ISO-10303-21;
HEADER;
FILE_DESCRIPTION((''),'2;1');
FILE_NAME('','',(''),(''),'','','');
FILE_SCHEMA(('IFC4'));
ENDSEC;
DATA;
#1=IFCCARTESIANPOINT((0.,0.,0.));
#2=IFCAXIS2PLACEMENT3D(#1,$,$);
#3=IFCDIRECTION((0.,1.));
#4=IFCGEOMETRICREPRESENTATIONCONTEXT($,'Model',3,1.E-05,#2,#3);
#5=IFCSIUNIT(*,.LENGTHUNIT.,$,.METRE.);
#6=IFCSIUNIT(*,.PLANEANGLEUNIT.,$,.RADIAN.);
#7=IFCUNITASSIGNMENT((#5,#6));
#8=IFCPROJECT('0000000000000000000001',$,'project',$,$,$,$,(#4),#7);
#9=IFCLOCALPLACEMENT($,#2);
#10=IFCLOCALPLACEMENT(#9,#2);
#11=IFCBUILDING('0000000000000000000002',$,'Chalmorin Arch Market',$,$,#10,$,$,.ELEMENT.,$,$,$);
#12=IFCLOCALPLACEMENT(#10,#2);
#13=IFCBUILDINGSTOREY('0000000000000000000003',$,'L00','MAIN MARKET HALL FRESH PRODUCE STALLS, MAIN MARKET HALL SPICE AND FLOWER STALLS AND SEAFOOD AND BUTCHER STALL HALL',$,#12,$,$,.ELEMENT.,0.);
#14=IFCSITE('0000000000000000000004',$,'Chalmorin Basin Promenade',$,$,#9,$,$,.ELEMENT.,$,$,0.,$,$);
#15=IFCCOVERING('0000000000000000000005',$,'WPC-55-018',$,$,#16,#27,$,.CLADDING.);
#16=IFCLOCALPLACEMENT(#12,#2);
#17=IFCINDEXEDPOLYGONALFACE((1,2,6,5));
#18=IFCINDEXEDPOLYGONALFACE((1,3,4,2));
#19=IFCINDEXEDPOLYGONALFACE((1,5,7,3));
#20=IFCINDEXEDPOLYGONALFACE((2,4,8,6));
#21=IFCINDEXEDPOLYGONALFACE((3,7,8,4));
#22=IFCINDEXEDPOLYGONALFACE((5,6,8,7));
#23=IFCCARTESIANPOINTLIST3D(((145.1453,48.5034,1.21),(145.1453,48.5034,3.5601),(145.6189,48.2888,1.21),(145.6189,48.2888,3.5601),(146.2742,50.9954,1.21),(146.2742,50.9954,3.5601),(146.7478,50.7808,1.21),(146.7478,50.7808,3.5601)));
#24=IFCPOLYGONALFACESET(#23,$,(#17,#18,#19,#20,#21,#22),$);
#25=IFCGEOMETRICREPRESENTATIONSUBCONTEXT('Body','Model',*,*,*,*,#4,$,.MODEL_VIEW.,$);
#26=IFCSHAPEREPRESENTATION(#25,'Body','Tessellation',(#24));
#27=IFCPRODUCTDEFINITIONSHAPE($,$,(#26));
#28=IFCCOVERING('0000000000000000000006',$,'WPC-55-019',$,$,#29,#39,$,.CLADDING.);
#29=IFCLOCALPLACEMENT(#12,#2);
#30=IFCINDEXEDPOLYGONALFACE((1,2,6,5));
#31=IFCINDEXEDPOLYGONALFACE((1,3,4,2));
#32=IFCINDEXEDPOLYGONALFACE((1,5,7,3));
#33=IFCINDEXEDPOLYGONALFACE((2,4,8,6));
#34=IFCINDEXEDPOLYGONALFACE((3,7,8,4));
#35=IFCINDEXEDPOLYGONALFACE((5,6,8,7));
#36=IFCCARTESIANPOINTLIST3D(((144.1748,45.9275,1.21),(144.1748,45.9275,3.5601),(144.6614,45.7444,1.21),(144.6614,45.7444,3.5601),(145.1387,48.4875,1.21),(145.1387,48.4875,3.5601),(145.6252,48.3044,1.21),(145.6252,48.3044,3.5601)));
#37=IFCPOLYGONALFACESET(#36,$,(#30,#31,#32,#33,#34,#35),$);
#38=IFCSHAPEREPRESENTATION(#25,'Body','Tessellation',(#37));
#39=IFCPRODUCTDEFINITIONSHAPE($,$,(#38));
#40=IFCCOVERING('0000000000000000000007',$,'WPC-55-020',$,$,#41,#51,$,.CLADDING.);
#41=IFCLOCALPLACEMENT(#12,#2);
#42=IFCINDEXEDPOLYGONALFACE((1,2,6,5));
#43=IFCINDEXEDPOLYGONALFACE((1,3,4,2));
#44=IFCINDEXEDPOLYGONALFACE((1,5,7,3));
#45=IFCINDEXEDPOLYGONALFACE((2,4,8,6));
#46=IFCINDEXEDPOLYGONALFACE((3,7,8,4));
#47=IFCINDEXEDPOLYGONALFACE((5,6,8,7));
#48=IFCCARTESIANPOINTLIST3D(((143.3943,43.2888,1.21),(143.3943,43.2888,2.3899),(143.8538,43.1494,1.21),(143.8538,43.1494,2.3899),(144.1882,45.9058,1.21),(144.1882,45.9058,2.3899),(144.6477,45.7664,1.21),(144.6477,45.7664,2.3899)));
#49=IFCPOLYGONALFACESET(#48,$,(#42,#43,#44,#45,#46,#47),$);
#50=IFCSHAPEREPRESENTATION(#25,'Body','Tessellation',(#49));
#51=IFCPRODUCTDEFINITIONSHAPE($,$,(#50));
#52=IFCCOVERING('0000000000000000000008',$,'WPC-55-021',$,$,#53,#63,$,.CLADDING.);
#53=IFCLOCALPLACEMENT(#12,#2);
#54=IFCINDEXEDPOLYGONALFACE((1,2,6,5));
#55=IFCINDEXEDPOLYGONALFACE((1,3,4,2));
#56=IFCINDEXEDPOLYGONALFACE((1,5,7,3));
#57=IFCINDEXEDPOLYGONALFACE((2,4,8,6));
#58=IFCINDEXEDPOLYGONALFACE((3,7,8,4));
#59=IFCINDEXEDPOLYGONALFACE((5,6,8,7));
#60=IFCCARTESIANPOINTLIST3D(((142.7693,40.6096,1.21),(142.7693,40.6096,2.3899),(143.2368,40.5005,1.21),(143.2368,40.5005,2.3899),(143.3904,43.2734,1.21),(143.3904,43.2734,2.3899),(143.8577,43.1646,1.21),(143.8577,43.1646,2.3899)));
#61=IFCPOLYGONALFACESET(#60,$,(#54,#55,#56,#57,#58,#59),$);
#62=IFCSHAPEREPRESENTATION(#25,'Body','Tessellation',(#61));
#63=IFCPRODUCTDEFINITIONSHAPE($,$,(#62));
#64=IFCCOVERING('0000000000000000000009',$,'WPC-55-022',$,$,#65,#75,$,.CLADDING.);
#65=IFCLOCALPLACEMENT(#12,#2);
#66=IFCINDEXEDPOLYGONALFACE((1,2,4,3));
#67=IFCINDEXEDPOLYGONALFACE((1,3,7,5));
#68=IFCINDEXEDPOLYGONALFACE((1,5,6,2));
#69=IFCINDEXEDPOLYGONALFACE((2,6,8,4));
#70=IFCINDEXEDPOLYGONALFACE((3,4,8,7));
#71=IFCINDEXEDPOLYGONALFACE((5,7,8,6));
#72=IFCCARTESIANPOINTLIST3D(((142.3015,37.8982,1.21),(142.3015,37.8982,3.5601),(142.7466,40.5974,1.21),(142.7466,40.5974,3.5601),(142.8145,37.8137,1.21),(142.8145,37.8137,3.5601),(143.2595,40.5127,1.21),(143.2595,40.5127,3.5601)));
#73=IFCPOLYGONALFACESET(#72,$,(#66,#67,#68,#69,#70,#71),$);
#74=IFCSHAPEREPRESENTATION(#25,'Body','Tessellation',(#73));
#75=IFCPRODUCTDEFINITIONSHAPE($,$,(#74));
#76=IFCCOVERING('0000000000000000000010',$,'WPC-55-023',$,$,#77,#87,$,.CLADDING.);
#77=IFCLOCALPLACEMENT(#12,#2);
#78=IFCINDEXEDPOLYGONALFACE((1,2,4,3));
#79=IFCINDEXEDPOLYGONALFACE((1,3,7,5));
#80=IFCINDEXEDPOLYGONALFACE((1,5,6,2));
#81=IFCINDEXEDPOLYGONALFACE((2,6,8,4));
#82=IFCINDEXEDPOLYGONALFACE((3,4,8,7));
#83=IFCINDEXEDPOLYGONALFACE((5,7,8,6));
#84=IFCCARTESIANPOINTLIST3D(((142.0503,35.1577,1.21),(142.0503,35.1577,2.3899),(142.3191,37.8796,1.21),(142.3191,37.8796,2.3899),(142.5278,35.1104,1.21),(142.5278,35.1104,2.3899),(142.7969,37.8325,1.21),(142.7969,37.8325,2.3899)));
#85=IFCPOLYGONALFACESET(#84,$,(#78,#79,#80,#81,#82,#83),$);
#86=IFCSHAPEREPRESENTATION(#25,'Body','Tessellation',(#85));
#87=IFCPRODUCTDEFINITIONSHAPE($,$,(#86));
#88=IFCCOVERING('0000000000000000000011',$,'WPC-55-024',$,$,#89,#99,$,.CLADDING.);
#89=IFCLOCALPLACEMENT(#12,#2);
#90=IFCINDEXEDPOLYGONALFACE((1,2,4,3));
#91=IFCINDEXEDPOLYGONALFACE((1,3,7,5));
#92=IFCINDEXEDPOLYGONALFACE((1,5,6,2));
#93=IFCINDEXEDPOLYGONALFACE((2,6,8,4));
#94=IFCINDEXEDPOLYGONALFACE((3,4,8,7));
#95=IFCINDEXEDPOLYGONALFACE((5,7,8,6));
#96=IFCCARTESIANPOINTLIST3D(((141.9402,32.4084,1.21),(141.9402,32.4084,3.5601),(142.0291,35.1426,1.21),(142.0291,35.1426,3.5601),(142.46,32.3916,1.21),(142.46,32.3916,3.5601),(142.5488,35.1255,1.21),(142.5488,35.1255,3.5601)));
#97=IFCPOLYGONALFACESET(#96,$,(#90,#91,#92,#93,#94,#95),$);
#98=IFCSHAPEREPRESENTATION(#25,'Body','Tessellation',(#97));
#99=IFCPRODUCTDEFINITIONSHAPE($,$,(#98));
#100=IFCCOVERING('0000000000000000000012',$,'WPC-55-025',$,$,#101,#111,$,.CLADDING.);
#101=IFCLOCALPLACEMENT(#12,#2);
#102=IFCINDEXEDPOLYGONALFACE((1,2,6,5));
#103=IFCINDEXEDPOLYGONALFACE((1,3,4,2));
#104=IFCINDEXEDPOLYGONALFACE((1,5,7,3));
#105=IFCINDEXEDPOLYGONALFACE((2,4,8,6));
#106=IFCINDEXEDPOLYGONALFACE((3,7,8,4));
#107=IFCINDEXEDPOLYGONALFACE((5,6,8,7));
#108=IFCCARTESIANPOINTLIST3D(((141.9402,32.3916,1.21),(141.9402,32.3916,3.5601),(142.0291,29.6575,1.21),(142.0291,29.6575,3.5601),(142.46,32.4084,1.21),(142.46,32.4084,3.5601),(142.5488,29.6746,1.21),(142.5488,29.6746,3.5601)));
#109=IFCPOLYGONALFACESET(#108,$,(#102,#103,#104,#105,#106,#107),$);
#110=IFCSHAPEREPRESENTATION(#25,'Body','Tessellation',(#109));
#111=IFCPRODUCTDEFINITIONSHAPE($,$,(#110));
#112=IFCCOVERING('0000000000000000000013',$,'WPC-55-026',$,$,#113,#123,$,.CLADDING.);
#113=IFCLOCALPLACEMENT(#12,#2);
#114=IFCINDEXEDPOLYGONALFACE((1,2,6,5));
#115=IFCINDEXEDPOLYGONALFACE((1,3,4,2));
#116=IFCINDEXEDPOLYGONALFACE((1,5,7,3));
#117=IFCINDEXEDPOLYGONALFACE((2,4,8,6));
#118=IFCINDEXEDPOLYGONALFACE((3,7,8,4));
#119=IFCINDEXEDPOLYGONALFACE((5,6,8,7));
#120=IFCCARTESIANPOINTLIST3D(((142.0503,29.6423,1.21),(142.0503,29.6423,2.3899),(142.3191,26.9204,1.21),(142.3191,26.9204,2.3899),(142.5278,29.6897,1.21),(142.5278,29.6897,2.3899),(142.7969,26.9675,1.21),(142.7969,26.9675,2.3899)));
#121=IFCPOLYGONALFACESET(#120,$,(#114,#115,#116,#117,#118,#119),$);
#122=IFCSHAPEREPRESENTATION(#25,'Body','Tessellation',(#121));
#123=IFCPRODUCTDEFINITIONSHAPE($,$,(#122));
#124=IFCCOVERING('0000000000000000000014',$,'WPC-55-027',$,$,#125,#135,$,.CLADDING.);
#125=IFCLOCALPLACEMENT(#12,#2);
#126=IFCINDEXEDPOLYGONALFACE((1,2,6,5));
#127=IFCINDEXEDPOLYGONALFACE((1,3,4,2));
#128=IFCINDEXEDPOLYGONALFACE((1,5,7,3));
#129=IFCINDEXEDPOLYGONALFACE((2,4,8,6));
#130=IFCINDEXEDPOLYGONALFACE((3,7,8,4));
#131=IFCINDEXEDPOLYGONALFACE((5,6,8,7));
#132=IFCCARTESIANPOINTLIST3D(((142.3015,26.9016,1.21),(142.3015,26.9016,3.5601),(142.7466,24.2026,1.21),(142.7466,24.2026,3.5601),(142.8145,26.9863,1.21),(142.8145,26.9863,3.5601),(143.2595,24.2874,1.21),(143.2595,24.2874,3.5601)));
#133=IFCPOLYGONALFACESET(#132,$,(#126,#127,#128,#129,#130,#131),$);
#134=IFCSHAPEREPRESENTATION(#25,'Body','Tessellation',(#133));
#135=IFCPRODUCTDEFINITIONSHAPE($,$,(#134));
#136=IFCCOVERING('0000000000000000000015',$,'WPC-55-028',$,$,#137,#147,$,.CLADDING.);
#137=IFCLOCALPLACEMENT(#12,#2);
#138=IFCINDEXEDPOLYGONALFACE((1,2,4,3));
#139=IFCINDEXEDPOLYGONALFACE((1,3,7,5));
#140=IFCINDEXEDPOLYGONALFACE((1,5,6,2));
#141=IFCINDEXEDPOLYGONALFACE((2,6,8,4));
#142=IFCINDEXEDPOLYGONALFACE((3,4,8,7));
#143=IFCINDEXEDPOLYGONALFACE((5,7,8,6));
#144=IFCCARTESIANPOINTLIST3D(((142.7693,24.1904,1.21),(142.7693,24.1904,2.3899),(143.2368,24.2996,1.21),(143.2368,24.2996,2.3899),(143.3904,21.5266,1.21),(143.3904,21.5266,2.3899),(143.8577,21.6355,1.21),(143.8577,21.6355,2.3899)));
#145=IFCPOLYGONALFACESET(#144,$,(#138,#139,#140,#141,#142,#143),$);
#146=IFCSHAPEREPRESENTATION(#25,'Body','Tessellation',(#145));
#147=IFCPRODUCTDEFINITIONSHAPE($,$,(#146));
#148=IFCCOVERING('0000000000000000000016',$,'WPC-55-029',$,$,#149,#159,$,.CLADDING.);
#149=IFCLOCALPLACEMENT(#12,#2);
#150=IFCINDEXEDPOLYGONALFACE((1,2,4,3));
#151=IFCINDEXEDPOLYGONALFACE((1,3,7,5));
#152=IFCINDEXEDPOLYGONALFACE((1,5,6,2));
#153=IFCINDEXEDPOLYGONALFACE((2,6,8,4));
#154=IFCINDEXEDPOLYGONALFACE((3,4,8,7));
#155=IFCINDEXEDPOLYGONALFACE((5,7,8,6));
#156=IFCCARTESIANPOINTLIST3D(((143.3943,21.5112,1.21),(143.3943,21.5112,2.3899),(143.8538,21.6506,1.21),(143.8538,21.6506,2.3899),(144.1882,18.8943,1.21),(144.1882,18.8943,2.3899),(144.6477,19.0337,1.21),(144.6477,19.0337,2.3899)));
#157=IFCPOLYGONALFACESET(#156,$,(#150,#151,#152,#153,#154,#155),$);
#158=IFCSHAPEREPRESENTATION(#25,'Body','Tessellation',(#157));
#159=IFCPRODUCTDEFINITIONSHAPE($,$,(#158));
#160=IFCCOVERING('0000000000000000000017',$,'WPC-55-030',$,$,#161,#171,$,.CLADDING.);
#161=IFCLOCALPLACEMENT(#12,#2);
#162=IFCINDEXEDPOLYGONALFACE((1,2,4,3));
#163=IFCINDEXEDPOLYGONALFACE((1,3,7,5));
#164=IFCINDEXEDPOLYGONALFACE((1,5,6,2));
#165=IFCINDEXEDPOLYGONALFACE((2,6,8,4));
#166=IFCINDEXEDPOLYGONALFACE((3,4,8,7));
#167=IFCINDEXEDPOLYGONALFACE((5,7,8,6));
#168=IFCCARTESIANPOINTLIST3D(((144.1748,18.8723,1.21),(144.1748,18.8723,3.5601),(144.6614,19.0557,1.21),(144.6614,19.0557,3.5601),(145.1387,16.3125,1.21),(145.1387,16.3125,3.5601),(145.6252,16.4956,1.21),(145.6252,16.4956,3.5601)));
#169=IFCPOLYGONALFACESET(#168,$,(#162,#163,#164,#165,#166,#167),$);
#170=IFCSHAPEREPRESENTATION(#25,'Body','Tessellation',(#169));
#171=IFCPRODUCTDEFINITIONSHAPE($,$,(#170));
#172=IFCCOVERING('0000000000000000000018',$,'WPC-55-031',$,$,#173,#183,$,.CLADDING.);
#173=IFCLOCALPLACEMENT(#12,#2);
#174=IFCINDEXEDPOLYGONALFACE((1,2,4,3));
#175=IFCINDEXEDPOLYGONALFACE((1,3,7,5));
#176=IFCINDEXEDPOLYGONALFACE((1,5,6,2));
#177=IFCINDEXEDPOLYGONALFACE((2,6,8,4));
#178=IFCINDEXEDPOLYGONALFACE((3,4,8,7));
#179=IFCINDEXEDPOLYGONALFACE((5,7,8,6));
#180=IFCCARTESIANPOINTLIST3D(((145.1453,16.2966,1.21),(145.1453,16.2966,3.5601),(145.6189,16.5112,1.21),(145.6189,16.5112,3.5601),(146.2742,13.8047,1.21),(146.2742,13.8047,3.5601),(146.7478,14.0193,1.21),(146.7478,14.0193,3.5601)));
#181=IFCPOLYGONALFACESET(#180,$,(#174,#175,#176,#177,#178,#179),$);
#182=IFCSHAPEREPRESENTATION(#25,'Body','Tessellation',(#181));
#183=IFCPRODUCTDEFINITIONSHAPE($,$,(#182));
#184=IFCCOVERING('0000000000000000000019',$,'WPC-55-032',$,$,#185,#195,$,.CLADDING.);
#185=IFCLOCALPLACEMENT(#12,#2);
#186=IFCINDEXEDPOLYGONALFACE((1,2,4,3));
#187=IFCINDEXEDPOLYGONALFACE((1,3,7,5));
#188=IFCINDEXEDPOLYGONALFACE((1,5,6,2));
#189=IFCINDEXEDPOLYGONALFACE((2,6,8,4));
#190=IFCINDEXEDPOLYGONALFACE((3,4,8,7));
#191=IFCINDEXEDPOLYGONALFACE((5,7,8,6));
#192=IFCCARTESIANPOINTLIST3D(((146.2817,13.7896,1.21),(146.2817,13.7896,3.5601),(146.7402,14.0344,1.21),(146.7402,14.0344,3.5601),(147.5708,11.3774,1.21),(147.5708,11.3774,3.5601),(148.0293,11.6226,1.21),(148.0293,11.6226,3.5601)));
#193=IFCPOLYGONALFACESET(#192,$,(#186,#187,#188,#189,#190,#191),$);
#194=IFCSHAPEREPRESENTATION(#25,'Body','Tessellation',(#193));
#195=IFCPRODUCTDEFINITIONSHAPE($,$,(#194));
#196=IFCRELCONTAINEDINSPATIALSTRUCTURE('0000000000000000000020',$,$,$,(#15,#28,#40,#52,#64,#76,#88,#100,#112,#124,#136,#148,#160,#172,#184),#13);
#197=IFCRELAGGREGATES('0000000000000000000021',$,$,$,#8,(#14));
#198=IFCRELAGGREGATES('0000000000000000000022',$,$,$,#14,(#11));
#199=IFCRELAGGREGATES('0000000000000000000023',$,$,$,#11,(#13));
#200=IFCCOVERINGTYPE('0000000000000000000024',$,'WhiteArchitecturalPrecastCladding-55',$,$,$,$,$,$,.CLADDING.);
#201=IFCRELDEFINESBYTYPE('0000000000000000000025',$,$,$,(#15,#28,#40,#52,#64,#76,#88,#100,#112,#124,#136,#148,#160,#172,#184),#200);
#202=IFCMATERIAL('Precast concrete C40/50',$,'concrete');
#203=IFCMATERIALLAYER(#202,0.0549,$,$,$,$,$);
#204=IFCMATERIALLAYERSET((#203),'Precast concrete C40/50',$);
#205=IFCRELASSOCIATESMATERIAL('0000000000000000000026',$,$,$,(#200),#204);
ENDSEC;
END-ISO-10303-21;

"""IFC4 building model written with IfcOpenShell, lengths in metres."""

from ifc_helpers import new_model, si_unit, direction, frame, origin, place, context, subcontext, project, spatial, polyline, outline, extrude, material, layer, layer_set, type_object, element, save


model = new_model("IFC4")

# Units and contexts
model_context = context("Model", 3, precision=1e-05, world=origin(), true_north=direction((0.0, 1.0)))
body_context = subcontext(model_context, "Body", "Model", "MODEL_VIEW")
ifc_project = project(units=[si_unit("LENGTHUNIT", "METRE"), si_unit("PLANEANGLEUNIT", "RADIAN")], contexts=[model_context])

# Site, building, storey
site_placement = place(None, origin())
site = spatial("IfcSite", under=ifc_project, at=site_placement, Name="Chalmorin Basin Promenade", CompositionType="ELEMENT", RefElevation=0.0)
building_placement = place(site_placement, origin())
building = spatial("IfcBuilding", under=site, at=building_placement, Name="Chalmorin Arch Market", CompositionType="ELEMENT")
storey_placement = place(building_placement, origin())
storey = spatial("IfcBuildingStorey", under=building, at=storey_placement, Name="L00", Description="MAIN MARKET HALL FRESH PRODUCE STALLS, MAIN MARKET HALL SPICE AND FLOWER STALLS AND SEAFOOD AND BUTCHER STALL HALL", CompositionType="ELEMENT", Elevation=0.0)

# Coverings
ifc_material_1 = material(Name="Precast concrete C40/50", Category="concrete")
ifc_layer_1 = layer(ifc_material_1, 0.0549)
ifc_layer_set_1 = layer_set([ifc_layer_1], Name="Precast concrete C40/50")
covering_type_1 = type_object("IfcCoveringType", Name="WhiteArchitecturalPrecastCladding-55", PredefinedType="CLADDING", material=ifc_layer_set_1)
covering_1_placement = place(storey_placement, frame((0.0, 0.0, 1.21)))
element("IfcCovering", 1, at=covering_1_placement, inside=storey, type_object=covering_type_1, Name="WPC-55-018", PredefinedType="CLADDING", context=body_context, shape_type="SweptSolid", body=[
    extrude(outline(polyline([(146.2742, 50.9954), (145.1453, 48.5034), (145.6189, 48.2888), (146.7478, 50.7808), (146.2742, 50.9954)])), origin(), (0.0, 0.0, 1.0), 2.3501),
])
covering_2_placement = place(storey_placement, frame((0.0, 0.0, 1.21)))
element("IfcCovering", 2, at=covering_2_placement, inside=storey, type_object=covering_type_1, Name="WPC-55-019", PredefinedType="CLADDING", context=body_context, shape_type="SweptSolid", body=[
    extrude(outline(polyline([(145.1387, 48.4875), (144.1748, 45.9275), (144.6614, 45.7444), (145.6252, 48.3044), (145.1387, 48.4875)])), origin(), (0.0, 0.0, 1.0), 2.3501),
])
covering_3_placement = place(storey_placement, frame((0.0, 0.0, 1.21)))
element("IfcCovering", 3, at=covering_3_placement, inside=storey, type_object=covering_type_1, Name="WPC-55-020", PredefinedType="CLADDING", context=body_context, shape_type="SweptSolid", body=[
    extrude(outline(polyline([(144.1882, 45.9058), (143.3943, 43.2888), (143.8538, 43.1494), (144.6477, 45.7664), (144.1882, 45.9058)])), origin(), (0.0, 0.0, 1.0), 1.1799),
])
covering_4_placement = place(storey_placement, frame((0.0, 0.0, 1.21)))
element("IfcCovering", 4, at=covering_4_placement, inside=storey, type_object=covering_type_1, Name="WPC-55-021", PredefinedType="CLADDING", context=body_context, shape_type="SweptSolid", body=[
    extrude(outline(polyline([(143.3904, 43.2734), (142.7693, 40.6096), (143.2368, 40.5005), (143.8577, 43.1646), (143.3904, 43.2734)])), origin(), (0.0, 0.0, 1.0), 1.1799),
])
covering_5_placement = place(storey_placement, frame((0.0, 0.0, 1.21)))
element("IfcCovering", 5, at=covering_5_placement, inside=storey, type_object=covering_type_1, Name="WPC-55-022", PredefinedType="CLADDING", context=body_context, shape_type="SweptSolid", body=[
    extrude(outline(polyline([(142.7466, 40.5974), (142.3015, 37.8982), (142.8145, 37.8137), (143.2595, 40.5127), (142.7466, 40.5974)])), origin(), (0.0, 0.0, 1.0), 2.3501),
])
covering_6_placement = place(storey_placement, frame((0.0, 0.0, 1.21)))
element("IfcCovering", 6, at=covering_6_placement, inside=storey, type_object=covering_type_1, Name="WPC-55-023", PredefinedType="CLADDING", context=body_context, shape_type="SweptSolid", body=[
    extrude(outline(polyline([(142.3191, 37.8796), (142.0503, 35.1577), (142.5278, 35.1104), (142.7969, 37.8325), (142.3191, 37.8796)])), origin(), (0.0, 0.0, 1.0), 1.1799),
])
covering_7_placement = place(storey_placement, frame((0.0, 0.0, 1.21)))
element("IfcCovering", 7, at=covering_7_placement, inside=storey, type_object=covering_type_1, Name="WPC-55-024", PredefinedType="CLADDING", context=body_context, shape_type="SweptSolid", body=[
    extrude(outline(polyline([(142.0291, 35.1426), (141.9402, 32.4084), (142.46, 32.3916), (142.5488, 35.1255), (142.0291, 35.1426)])), origin(), (0.0, 0.0, 1.0), 2.3501),
])
covering_8_placement = place(storey_placement, frame((0.0, 0.0, 1.21)))
element("IfcCovering", 8, at=covering_8_placement, inside=storey, type_object=covering_type_1, Name="WPC-55-025", PredefinedType="CLADDING", context=body_context, shape_type="SweptSolid", body=[
    extrude(outline(polyline([(141.9402, 32.3916), (142.0291, 29.6575), (142.5488, 29.6746), (142.46, 32.4084), (141.9402, 32.3916)])), origin(), (0.0, 0.0, 1.0), 2.3501),
])
covering_9_placement = place(storey_placement, frame((0.0, 0.0, 1.21)))
element("IfcCovering", 9, at=covering_9_placement, inside=storey, type_object=covering_type_1, Name="WPC-55-026", PredefinedType="CLADDING", context=body_context, shape_type="SweptSolid", body=[
    extrude(outline(polyline([(142.0503, 29.6423), (142.3191, 26.9204), (142.7969, 26.9675), (142.5278, 29.6897), (142.0503, 29.6423)])), origin(), (0.0, 0.0, 1.0), 1.1799),
])
covering_10_placement = place(storey_placement, frame((0.0, 0.0, 1.21)))
element("IfcCovering", 10, at=covering_10_placement, inside=storey, type_object=covering_type_1, Name="WPC-55-027", PredefinedType="CLADDING", context=body_context, shape_type="SweptSolid", body=[
    extrude(outline(polyline([(142.3015, 26.9016), (142.7466, 24.2026), (143.2595, 24.2874), (142.8145, 26.9863), (142.3015, 26.9016)])), origin(), (0.0, 0.0, 1.0), 2.3501),
])
covering_11_placement = place(storey_placement, frame((0.0, 0.0, 1.21)))
element("IfcCovering", 11, at=covering_11_placement, inside=storey, type_object=covering_type_1, Name="WPC-55-028", PredefinedType="CLADDING", context=body_context, shape_type="SweptSolid", body=[
    extrude(outline(polyline([(142.7693, 24.1904), (143.3904, 21.5266), (143.8577, 21.6355), (143.2368, 24.2996), (142.7693, 24.1904)])), origin(), (0.0, 0.0, 1.0), 1.1799),
])
covering_12_placement = place(storey_placement, frame((0.0, 0.0, 1.21)))
element("IfcCovering", 12, at=covering_12_placement, inside=storey, type_object=covering_type_1, Name="WPC-55-029", PredefinedType="CLADDING", context=body_context, shape_type="SweptSolid", body=[
    extrude(outline(polyline([(143.3943, 21.5112), (144.1882, 18.8943), (144.6477, 19.0337), (143.8538, 21.6506), (143.3943, 21.5112)])), origin(), (0.0, 0.0, 1.0), 1.1799),
])
covering_13_placement = place(storey_placement, frame((0.0, 0.0, 1.21)))
element("IfcCovering", 13, at=covering_13_placement, inside=storey, type_object=covering_type_1, Name="WPC-55-030", PredefinedType="CLADDING", context=body_context, shape_type="SweptSolid", body=[
    extrude(outline(polyline([(144.1748, 18.8723), (145.1387, 16.3125), (145.6252, 16.4956), (144.6614, 19.0557), (144.1748, 18.8723)])), origin(), (0.0, 0.0, 1.0), 2.3501),
])
covering_14_placement = place(storey_placement, frame((0.0, 0.0, 1.21)))
element("IfcCovering", 14, at=covering_14_placement, inside=storey, type_object=covering_type_1, Name="WPC-55-031", PredefinedType="CLADDING", context=body_context, shape_type="SweptSolid", body=[
    extrude(outline(polyline([(145.1453, 16.2966), (146.2742, 13.8047), (146.7478, 14.0193), (145.6189, 16.5112), (145.1453, 16.2966)])), origin(), (0.0, 0.0, 1.0), 2.3501),
])
covering_15_placement = place(storey_placement, frame((0.0, 0.0, 1.21)))
element("IfcCovering", 15, at=covering_15_placement, inside=storey, type_object=covering_type_1, Name="WPC-55-032", PredefinedType="CLADDING", context=body_context, shape_type="SweptSolid", body=[
    extrude(outline(polyline([(146.2817, 13.7896), (147.5708, 11.3774), (148.0293, 11.6226), (146.7402, 14.0344), (146.2817, 13.7896)])), origin(), (0.0, 0.0, 1.0), 2.3501),
])

save(model, "model.ifc")
